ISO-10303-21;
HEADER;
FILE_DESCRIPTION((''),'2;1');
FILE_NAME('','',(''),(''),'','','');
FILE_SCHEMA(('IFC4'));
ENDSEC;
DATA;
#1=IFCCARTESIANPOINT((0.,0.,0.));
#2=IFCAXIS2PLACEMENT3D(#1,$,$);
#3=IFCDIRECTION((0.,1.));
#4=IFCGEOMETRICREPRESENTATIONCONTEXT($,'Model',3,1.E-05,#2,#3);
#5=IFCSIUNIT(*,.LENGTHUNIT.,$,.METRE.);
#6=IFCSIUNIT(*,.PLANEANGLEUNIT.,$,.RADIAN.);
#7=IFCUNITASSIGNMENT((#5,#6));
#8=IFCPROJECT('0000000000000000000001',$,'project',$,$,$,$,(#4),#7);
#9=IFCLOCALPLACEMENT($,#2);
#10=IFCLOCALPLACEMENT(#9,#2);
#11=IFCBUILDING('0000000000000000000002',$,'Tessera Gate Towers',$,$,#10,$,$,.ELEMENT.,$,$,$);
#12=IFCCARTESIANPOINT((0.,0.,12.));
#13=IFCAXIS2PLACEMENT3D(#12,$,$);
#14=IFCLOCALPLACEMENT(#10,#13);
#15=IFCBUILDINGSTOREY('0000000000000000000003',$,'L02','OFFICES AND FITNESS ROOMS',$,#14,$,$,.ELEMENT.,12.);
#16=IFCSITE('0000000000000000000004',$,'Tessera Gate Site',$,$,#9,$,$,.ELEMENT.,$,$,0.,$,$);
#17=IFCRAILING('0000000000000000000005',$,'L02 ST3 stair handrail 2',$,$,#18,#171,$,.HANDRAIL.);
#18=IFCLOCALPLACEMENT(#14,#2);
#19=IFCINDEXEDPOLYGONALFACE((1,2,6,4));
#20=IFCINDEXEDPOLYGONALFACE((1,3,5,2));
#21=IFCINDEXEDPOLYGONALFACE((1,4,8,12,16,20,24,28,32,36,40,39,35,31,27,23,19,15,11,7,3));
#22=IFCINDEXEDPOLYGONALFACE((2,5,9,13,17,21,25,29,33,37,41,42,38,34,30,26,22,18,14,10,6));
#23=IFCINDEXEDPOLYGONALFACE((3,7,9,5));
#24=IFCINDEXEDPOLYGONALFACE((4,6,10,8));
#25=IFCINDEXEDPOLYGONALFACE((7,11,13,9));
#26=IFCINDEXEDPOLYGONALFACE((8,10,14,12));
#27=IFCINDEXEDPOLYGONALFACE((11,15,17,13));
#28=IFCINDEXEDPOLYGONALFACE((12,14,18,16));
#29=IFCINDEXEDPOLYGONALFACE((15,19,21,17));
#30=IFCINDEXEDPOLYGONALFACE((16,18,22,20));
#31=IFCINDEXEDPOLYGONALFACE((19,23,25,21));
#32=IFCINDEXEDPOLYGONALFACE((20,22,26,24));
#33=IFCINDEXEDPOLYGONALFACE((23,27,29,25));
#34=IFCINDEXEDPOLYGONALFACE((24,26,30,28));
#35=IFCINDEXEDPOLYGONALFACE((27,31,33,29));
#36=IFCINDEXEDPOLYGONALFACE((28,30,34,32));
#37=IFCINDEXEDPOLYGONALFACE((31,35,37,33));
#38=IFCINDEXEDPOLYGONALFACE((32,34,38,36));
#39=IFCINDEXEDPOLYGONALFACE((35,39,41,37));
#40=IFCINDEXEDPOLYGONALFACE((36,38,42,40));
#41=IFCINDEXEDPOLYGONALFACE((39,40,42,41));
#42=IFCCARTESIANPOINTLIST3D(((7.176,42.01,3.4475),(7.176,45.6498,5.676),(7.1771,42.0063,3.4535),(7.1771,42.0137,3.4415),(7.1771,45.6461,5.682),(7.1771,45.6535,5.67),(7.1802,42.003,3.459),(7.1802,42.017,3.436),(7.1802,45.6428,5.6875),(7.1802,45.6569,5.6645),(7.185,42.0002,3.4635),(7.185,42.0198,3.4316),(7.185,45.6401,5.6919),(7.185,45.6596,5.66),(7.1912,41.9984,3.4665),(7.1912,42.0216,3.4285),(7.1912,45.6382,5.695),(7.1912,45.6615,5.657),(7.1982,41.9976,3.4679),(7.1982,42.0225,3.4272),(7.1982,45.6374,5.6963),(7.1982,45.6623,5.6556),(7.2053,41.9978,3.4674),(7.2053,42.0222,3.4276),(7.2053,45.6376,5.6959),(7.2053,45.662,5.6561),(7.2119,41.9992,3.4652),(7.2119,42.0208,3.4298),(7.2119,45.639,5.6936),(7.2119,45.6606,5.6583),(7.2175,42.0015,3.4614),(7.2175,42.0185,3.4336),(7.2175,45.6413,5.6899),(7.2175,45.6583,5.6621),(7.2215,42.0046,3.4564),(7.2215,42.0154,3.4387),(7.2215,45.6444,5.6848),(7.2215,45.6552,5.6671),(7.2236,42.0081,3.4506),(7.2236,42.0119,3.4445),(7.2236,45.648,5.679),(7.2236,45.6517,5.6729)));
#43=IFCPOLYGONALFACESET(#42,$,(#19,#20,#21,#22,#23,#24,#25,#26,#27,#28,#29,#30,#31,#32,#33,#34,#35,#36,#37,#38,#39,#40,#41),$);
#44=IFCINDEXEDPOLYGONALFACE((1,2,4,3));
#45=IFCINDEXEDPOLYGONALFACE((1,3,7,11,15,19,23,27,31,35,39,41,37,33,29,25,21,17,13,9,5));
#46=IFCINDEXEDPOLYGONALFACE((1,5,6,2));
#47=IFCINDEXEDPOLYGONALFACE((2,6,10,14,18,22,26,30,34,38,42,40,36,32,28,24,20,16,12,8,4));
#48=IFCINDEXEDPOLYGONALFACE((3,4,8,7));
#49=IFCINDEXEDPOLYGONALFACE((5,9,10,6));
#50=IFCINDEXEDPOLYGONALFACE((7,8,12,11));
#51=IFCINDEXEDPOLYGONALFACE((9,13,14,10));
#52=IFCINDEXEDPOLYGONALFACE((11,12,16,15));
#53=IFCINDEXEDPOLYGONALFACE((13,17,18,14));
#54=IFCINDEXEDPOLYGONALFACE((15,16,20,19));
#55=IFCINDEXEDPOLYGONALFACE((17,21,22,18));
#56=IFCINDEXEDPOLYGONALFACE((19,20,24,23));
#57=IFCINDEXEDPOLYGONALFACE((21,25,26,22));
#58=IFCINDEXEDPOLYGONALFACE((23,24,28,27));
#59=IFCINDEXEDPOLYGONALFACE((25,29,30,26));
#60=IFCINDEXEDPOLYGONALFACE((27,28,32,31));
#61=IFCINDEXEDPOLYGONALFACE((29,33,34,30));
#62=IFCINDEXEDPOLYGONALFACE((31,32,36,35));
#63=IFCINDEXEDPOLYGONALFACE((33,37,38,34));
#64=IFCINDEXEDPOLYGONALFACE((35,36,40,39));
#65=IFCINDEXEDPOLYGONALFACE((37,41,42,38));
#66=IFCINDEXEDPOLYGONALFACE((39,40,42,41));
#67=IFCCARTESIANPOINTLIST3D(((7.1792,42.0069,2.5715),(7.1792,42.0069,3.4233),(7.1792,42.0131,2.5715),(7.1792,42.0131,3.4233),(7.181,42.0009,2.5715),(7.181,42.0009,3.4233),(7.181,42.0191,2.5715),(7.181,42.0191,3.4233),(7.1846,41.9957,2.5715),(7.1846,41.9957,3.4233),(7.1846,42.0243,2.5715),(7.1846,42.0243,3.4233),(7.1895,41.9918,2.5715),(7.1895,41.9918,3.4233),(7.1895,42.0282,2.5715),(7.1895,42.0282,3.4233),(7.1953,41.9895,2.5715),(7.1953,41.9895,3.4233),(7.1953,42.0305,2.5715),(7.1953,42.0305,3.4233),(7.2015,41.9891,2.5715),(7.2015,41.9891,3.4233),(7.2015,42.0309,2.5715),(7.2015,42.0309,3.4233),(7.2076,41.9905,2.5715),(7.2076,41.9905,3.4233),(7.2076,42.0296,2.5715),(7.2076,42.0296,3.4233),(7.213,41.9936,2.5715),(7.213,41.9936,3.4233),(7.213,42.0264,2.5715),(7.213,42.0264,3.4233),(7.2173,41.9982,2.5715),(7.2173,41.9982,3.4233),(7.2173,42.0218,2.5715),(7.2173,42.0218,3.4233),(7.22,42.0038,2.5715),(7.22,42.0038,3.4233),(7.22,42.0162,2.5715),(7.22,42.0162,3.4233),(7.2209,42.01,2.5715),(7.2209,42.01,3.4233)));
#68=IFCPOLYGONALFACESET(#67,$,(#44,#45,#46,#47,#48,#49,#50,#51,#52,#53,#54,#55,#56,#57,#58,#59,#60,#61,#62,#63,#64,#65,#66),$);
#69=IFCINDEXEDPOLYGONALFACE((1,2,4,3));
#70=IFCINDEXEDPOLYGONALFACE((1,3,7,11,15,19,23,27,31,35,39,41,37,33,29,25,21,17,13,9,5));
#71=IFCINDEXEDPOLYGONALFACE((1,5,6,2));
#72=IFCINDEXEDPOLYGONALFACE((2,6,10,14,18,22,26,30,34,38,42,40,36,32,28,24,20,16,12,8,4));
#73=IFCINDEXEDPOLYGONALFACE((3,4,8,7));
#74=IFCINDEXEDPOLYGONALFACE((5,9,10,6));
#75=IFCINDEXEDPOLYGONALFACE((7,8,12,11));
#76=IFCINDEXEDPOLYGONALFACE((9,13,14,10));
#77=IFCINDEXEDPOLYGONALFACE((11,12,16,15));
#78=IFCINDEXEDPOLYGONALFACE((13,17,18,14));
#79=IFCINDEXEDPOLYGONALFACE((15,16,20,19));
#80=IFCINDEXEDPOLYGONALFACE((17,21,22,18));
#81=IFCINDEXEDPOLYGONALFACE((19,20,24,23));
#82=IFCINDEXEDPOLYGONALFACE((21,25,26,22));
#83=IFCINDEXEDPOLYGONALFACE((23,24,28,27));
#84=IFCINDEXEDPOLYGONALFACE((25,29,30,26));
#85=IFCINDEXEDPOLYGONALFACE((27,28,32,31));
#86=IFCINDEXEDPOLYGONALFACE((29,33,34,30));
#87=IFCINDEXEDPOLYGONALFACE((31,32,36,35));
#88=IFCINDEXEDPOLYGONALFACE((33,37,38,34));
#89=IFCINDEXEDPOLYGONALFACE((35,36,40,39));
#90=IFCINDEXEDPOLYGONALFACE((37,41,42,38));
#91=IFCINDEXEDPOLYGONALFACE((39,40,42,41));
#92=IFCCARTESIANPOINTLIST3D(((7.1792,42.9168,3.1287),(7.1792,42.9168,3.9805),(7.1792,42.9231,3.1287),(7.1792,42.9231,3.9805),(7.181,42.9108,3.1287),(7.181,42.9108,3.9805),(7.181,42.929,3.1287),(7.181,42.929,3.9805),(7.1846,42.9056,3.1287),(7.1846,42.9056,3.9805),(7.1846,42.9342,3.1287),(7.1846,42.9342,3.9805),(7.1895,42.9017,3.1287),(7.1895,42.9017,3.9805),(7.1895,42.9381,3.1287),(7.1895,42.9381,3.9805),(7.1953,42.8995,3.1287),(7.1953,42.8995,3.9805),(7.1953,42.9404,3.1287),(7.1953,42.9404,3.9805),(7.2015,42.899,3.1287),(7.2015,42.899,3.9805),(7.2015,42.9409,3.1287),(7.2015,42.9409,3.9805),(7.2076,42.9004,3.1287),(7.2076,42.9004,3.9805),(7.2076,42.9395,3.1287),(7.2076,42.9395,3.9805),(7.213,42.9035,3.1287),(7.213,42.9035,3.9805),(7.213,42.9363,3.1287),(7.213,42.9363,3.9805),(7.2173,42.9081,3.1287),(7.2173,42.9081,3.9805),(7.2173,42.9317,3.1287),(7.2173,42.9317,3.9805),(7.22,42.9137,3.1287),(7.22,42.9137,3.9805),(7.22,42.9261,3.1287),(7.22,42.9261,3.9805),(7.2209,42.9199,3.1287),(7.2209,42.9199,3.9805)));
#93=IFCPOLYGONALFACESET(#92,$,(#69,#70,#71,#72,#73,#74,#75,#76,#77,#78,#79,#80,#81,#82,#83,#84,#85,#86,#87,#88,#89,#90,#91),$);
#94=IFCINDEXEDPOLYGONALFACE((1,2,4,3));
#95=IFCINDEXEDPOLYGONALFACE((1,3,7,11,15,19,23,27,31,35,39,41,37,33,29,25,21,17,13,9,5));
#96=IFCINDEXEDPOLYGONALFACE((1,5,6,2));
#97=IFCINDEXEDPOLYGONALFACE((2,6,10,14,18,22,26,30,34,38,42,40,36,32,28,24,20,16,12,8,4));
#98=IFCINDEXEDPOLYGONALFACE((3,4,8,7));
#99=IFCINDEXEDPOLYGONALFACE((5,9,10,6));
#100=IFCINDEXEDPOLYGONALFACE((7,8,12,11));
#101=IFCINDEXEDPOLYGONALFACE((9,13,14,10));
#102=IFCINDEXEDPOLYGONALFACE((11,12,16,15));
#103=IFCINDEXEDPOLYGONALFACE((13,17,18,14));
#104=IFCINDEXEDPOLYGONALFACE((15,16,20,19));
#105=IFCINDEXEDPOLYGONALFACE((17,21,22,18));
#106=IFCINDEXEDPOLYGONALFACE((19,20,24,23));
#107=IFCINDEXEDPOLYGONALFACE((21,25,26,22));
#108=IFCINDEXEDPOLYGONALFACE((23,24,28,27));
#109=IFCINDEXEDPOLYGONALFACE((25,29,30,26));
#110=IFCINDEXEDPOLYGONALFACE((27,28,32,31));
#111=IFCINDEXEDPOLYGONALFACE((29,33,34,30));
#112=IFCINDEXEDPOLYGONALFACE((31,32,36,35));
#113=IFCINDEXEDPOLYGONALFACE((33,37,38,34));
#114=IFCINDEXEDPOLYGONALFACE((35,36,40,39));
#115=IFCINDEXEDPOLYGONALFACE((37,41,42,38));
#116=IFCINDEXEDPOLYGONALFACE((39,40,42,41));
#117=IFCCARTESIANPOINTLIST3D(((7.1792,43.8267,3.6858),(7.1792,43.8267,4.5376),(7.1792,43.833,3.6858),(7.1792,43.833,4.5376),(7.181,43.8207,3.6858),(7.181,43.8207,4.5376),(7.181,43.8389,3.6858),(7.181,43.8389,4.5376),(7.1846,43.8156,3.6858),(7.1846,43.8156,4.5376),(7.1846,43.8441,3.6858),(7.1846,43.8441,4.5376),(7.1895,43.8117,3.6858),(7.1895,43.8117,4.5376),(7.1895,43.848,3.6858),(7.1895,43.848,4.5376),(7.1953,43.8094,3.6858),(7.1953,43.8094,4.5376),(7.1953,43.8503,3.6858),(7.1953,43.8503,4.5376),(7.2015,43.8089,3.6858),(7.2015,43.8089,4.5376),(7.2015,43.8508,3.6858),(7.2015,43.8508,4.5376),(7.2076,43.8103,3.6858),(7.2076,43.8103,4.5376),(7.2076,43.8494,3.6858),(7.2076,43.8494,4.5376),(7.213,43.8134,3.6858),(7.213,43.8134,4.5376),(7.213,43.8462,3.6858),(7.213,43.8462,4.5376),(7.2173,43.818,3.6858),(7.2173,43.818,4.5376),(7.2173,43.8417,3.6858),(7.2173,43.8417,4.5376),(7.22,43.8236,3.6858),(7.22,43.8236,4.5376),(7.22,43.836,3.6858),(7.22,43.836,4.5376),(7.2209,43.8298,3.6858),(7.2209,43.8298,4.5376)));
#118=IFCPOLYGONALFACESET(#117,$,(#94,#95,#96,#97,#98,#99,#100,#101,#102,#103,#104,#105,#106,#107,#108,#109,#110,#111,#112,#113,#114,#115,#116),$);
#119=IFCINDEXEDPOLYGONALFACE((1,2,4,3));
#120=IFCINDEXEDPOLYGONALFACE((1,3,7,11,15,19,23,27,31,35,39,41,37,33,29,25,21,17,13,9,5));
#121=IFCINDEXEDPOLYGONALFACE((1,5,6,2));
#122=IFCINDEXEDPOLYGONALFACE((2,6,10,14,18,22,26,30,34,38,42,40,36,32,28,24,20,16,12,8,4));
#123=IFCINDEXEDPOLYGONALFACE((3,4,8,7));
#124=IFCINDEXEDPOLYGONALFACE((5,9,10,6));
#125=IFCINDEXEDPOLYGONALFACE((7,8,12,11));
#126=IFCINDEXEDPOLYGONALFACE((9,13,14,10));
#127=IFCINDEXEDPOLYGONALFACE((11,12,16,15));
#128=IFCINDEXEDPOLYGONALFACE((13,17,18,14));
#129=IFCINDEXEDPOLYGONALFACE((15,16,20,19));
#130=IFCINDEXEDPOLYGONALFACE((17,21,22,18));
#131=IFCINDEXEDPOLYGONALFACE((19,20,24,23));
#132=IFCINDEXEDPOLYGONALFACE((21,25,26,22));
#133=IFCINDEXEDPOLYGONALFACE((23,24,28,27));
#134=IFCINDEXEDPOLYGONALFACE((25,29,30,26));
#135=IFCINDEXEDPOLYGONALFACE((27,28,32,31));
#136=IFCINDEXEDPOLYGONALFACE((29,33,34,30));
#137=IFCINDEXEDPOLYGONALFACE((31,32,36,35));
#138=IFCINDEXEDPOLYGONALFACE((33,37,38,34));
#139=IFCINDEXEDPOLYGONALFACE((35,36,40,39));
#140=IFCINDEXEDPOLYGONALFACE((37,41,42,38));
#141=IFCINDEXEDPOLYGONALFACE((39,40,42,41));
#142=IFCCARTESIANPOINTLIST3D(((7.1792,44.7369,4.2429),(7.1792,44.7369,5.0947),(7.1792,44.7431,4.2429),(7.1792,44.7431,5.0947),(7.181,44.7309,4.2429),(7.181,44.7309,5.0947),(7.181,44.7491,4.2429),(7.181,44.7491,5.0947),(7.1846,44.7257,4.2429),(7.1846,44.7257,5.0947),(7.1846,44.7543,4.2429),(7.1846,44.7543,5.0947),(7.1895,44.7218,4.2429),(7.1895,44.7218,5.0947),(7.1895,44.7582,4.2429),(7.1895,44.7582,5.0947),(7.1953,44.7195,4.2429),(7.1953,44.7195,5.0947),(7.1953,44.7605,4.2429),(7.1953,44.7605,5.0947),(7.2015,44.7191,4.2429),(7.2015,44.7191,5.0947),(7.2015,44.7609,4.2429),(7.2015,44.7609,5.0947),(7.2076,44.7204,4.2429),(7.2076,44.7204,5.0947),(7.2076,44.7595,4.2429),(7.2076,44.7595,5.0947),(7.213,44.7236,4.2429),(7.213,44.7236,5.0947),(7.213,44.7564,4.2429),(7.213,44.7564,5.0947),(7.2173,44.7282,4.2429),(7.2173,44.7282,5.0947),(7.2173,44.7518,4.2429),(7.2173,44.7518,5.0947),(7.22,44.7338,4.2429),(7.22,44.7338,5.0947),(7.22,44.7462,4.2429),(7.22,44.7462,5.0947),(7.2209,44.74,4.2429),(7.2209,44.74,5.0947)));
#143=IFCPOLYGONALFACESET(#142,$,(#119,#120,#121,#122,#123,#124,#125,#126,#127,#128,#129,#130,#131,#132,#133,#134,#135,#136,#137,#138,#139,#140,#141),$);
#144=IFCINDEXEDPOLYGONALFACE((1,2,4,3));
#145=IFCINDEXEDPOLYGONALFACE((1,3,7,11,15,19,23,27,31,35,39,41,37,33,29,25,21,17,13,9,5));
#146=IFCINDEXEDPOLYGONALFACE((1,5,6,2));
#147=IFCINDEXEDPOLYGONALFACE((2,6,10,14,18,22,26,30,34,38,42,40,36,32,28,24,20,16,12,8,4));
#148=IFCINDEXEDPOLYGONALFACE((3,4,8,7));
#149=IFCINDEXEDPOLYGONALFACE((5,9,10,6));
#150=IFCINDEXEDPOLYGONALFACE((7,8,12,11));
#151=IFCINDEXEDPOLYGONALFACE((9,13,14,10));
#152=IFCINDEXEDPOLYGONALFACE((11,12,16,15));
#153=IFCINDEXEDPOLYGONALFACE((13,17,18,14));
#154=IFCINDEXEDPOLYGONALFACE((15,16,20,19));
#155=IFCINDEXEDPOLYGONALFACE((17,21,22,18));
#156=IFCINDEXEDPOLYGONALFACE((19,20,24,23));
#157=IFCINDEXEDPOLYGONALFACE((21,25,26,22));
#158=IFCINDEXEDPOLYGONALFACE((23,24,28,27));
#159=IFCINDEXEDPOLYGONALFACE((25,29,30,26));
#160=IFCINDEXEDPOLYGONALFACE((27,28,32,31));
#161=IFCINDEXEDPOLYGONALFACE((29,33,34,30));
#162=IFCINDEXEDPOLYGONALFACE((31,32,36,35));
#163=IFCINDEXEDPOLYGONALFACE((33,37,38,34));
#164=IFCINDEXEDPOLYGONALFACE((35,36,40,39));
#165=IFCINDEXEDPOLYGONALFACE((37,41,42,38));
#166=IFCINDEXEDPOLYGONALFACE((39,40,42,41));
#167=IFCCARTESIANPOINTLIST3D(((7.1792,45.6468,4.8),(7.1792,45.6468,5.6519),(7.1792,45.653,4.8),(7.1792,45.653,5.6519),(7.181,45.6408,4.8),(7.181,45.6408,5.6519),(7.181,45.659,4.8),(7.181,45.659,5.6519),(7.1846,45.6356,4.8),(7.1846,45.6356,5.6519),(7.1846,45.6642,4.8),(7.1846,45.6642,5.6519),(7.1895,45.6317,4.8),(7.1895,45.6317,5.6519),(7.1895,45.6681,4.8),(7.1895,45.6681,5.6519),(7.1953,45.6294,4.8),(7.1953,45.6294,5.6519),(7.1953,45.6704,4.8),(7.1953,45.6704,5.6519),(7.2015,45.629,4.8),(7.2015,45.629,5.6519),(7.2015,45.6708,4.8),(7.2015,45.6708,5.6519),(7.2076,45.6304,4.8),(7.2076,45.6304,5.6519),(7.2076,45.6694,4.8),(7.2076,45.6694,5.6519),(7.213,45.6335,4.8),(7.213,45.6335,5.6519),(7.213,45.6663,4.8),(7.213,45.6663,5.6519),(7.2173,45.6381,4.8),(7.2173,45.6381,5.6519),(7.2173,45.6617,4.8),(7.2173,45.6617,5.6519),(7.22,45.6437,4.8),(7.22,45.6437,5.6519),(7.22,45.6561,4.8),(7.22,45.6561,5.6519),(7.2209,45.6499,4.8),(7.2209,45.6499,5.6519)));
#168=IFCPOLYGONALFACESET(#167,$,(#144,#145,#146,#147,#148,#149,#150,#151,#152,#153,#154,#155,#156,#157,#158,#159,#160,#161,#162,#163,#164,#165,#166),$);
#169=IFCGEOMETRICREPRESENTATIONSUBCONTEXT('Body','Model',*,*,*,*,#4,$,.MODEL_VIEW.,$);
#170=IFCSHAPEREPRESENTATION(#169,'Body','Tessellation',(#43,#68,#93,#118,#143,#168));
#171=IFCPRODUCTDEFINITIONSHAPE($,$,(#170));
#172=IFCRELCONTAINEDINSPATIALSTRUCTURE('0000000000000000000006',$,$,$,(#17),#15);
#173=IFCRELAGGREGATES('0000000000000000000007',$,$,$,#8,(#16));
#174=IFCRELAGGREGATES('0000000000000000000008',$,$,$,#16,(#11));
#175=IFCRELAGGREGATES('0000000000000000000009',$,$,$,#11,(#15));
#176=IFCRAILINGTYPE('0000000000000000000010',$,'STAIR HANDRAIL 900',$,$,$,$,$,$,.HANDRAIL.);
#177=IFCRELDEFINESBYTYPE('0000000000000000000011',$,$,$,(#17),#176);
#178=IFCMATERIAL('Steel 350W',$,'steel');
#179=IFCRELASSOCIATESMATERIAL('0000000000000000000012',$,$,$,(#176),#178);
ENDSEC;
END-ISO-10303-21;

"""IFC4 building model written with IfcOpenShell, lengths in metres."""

from ifc_helpers import new_model, si_unit, direction, frame, origin, origin_2d, place, context, subcontext, project, spatial, circle, extrude, material, type_object, element, save


model = new_model("IFC4")

# Units and contexts
model_context = context("Model", 3, precision=1e-05, world=origin(), true_north=direction((0.0, 1.0)))
body_context = subcontext(model_context, "Body", "Model", "MODEL_VIEW")
ifc_project = project(units=[si_unit("LENGTHUNIT", "METRE"), si_unit("PLANEANGLEUNIT", "RADIAN")], contexts=[model_context])

# Site, building, storey
site_placement = place(None, origin())
site = spatial("IfcSite", under=ifc_project, at=site_placement, Name="Tessera Gate Site", CompositionType="ELEMENT", RefElevation=0.0)
building_placement = place(site_placement, origin())
building = spatial("IfcBuilding", under=site, at=building_placement, Name="Tessera Gate Towers", CompositionType="ELEMENT")
storey_placement = place(building_placement, frame((0.0, 0.0, 12.0)))
storey = spatial("IfcBuildingStorey", under=building, at=storey_placement, Name="L02", Description="OFFICES AND FITNESS ROOMS", CompositionType="ELEMENT", Elevation=12.0)

# Railing
ifc_material_1 = material(Name="Steel 350W", Category="steel")
railing_type_1 = type_object("IfcRailingType", Name="STAIR HANDRAIL 900", PredefinedType="HANDRAIL", material=ifc_material_1)
railing_1_placement = place(storey_placement, frame((7.2, 42.01, 2.5715)))
element("IfcRailing", 1, at=railing_1_placement, inside=storey, type_object=railing_type_1, Name="L02 ST3 stair handrail 2", PredefinedType="HANDRAIL", context=body_context, shape_type="SweptSolid", body=[
    extrude(circle(Radius=0.0239, at=origin_2d()), frame((0.0, 0.0, 0.876), z_axis=(0.0, 0.85285, 0.522156), x_axis=(-1.0, 0.0, 0.0)), (0.0, 0.0, 1.0), 4.2678),
    extrude(circle(Radius=0.021, at=origin_2d()), origin(), (0.0, 0.0, 1.0), 0.8518),
    extrude(circle(Radius=0.021, at=origin_2d()), frame((0.0, 0.9099, 0.5571)), (0.0, 0.0, 1.0), 0.8518),
    extrude(circle(Radius=0.021, at=origin_2d()), frame((0.0, 1.8198, 1.1143)), (0.0, 0.0, 1.0), 0.8518),
    extrude(circle(Radius=0.021, at=origin_2d()), frame((0.0, 2.73, 1.6714)), (0.0, 0.0, 1.0), 0.8518),
    extrude(circle(Radius=0.021, at=origin_2d()), frame((0.0, 3.6399, 2.2285)), (0.0, 0.0, 1.0), 0.8518),
])

save(model, "model.ifc")
